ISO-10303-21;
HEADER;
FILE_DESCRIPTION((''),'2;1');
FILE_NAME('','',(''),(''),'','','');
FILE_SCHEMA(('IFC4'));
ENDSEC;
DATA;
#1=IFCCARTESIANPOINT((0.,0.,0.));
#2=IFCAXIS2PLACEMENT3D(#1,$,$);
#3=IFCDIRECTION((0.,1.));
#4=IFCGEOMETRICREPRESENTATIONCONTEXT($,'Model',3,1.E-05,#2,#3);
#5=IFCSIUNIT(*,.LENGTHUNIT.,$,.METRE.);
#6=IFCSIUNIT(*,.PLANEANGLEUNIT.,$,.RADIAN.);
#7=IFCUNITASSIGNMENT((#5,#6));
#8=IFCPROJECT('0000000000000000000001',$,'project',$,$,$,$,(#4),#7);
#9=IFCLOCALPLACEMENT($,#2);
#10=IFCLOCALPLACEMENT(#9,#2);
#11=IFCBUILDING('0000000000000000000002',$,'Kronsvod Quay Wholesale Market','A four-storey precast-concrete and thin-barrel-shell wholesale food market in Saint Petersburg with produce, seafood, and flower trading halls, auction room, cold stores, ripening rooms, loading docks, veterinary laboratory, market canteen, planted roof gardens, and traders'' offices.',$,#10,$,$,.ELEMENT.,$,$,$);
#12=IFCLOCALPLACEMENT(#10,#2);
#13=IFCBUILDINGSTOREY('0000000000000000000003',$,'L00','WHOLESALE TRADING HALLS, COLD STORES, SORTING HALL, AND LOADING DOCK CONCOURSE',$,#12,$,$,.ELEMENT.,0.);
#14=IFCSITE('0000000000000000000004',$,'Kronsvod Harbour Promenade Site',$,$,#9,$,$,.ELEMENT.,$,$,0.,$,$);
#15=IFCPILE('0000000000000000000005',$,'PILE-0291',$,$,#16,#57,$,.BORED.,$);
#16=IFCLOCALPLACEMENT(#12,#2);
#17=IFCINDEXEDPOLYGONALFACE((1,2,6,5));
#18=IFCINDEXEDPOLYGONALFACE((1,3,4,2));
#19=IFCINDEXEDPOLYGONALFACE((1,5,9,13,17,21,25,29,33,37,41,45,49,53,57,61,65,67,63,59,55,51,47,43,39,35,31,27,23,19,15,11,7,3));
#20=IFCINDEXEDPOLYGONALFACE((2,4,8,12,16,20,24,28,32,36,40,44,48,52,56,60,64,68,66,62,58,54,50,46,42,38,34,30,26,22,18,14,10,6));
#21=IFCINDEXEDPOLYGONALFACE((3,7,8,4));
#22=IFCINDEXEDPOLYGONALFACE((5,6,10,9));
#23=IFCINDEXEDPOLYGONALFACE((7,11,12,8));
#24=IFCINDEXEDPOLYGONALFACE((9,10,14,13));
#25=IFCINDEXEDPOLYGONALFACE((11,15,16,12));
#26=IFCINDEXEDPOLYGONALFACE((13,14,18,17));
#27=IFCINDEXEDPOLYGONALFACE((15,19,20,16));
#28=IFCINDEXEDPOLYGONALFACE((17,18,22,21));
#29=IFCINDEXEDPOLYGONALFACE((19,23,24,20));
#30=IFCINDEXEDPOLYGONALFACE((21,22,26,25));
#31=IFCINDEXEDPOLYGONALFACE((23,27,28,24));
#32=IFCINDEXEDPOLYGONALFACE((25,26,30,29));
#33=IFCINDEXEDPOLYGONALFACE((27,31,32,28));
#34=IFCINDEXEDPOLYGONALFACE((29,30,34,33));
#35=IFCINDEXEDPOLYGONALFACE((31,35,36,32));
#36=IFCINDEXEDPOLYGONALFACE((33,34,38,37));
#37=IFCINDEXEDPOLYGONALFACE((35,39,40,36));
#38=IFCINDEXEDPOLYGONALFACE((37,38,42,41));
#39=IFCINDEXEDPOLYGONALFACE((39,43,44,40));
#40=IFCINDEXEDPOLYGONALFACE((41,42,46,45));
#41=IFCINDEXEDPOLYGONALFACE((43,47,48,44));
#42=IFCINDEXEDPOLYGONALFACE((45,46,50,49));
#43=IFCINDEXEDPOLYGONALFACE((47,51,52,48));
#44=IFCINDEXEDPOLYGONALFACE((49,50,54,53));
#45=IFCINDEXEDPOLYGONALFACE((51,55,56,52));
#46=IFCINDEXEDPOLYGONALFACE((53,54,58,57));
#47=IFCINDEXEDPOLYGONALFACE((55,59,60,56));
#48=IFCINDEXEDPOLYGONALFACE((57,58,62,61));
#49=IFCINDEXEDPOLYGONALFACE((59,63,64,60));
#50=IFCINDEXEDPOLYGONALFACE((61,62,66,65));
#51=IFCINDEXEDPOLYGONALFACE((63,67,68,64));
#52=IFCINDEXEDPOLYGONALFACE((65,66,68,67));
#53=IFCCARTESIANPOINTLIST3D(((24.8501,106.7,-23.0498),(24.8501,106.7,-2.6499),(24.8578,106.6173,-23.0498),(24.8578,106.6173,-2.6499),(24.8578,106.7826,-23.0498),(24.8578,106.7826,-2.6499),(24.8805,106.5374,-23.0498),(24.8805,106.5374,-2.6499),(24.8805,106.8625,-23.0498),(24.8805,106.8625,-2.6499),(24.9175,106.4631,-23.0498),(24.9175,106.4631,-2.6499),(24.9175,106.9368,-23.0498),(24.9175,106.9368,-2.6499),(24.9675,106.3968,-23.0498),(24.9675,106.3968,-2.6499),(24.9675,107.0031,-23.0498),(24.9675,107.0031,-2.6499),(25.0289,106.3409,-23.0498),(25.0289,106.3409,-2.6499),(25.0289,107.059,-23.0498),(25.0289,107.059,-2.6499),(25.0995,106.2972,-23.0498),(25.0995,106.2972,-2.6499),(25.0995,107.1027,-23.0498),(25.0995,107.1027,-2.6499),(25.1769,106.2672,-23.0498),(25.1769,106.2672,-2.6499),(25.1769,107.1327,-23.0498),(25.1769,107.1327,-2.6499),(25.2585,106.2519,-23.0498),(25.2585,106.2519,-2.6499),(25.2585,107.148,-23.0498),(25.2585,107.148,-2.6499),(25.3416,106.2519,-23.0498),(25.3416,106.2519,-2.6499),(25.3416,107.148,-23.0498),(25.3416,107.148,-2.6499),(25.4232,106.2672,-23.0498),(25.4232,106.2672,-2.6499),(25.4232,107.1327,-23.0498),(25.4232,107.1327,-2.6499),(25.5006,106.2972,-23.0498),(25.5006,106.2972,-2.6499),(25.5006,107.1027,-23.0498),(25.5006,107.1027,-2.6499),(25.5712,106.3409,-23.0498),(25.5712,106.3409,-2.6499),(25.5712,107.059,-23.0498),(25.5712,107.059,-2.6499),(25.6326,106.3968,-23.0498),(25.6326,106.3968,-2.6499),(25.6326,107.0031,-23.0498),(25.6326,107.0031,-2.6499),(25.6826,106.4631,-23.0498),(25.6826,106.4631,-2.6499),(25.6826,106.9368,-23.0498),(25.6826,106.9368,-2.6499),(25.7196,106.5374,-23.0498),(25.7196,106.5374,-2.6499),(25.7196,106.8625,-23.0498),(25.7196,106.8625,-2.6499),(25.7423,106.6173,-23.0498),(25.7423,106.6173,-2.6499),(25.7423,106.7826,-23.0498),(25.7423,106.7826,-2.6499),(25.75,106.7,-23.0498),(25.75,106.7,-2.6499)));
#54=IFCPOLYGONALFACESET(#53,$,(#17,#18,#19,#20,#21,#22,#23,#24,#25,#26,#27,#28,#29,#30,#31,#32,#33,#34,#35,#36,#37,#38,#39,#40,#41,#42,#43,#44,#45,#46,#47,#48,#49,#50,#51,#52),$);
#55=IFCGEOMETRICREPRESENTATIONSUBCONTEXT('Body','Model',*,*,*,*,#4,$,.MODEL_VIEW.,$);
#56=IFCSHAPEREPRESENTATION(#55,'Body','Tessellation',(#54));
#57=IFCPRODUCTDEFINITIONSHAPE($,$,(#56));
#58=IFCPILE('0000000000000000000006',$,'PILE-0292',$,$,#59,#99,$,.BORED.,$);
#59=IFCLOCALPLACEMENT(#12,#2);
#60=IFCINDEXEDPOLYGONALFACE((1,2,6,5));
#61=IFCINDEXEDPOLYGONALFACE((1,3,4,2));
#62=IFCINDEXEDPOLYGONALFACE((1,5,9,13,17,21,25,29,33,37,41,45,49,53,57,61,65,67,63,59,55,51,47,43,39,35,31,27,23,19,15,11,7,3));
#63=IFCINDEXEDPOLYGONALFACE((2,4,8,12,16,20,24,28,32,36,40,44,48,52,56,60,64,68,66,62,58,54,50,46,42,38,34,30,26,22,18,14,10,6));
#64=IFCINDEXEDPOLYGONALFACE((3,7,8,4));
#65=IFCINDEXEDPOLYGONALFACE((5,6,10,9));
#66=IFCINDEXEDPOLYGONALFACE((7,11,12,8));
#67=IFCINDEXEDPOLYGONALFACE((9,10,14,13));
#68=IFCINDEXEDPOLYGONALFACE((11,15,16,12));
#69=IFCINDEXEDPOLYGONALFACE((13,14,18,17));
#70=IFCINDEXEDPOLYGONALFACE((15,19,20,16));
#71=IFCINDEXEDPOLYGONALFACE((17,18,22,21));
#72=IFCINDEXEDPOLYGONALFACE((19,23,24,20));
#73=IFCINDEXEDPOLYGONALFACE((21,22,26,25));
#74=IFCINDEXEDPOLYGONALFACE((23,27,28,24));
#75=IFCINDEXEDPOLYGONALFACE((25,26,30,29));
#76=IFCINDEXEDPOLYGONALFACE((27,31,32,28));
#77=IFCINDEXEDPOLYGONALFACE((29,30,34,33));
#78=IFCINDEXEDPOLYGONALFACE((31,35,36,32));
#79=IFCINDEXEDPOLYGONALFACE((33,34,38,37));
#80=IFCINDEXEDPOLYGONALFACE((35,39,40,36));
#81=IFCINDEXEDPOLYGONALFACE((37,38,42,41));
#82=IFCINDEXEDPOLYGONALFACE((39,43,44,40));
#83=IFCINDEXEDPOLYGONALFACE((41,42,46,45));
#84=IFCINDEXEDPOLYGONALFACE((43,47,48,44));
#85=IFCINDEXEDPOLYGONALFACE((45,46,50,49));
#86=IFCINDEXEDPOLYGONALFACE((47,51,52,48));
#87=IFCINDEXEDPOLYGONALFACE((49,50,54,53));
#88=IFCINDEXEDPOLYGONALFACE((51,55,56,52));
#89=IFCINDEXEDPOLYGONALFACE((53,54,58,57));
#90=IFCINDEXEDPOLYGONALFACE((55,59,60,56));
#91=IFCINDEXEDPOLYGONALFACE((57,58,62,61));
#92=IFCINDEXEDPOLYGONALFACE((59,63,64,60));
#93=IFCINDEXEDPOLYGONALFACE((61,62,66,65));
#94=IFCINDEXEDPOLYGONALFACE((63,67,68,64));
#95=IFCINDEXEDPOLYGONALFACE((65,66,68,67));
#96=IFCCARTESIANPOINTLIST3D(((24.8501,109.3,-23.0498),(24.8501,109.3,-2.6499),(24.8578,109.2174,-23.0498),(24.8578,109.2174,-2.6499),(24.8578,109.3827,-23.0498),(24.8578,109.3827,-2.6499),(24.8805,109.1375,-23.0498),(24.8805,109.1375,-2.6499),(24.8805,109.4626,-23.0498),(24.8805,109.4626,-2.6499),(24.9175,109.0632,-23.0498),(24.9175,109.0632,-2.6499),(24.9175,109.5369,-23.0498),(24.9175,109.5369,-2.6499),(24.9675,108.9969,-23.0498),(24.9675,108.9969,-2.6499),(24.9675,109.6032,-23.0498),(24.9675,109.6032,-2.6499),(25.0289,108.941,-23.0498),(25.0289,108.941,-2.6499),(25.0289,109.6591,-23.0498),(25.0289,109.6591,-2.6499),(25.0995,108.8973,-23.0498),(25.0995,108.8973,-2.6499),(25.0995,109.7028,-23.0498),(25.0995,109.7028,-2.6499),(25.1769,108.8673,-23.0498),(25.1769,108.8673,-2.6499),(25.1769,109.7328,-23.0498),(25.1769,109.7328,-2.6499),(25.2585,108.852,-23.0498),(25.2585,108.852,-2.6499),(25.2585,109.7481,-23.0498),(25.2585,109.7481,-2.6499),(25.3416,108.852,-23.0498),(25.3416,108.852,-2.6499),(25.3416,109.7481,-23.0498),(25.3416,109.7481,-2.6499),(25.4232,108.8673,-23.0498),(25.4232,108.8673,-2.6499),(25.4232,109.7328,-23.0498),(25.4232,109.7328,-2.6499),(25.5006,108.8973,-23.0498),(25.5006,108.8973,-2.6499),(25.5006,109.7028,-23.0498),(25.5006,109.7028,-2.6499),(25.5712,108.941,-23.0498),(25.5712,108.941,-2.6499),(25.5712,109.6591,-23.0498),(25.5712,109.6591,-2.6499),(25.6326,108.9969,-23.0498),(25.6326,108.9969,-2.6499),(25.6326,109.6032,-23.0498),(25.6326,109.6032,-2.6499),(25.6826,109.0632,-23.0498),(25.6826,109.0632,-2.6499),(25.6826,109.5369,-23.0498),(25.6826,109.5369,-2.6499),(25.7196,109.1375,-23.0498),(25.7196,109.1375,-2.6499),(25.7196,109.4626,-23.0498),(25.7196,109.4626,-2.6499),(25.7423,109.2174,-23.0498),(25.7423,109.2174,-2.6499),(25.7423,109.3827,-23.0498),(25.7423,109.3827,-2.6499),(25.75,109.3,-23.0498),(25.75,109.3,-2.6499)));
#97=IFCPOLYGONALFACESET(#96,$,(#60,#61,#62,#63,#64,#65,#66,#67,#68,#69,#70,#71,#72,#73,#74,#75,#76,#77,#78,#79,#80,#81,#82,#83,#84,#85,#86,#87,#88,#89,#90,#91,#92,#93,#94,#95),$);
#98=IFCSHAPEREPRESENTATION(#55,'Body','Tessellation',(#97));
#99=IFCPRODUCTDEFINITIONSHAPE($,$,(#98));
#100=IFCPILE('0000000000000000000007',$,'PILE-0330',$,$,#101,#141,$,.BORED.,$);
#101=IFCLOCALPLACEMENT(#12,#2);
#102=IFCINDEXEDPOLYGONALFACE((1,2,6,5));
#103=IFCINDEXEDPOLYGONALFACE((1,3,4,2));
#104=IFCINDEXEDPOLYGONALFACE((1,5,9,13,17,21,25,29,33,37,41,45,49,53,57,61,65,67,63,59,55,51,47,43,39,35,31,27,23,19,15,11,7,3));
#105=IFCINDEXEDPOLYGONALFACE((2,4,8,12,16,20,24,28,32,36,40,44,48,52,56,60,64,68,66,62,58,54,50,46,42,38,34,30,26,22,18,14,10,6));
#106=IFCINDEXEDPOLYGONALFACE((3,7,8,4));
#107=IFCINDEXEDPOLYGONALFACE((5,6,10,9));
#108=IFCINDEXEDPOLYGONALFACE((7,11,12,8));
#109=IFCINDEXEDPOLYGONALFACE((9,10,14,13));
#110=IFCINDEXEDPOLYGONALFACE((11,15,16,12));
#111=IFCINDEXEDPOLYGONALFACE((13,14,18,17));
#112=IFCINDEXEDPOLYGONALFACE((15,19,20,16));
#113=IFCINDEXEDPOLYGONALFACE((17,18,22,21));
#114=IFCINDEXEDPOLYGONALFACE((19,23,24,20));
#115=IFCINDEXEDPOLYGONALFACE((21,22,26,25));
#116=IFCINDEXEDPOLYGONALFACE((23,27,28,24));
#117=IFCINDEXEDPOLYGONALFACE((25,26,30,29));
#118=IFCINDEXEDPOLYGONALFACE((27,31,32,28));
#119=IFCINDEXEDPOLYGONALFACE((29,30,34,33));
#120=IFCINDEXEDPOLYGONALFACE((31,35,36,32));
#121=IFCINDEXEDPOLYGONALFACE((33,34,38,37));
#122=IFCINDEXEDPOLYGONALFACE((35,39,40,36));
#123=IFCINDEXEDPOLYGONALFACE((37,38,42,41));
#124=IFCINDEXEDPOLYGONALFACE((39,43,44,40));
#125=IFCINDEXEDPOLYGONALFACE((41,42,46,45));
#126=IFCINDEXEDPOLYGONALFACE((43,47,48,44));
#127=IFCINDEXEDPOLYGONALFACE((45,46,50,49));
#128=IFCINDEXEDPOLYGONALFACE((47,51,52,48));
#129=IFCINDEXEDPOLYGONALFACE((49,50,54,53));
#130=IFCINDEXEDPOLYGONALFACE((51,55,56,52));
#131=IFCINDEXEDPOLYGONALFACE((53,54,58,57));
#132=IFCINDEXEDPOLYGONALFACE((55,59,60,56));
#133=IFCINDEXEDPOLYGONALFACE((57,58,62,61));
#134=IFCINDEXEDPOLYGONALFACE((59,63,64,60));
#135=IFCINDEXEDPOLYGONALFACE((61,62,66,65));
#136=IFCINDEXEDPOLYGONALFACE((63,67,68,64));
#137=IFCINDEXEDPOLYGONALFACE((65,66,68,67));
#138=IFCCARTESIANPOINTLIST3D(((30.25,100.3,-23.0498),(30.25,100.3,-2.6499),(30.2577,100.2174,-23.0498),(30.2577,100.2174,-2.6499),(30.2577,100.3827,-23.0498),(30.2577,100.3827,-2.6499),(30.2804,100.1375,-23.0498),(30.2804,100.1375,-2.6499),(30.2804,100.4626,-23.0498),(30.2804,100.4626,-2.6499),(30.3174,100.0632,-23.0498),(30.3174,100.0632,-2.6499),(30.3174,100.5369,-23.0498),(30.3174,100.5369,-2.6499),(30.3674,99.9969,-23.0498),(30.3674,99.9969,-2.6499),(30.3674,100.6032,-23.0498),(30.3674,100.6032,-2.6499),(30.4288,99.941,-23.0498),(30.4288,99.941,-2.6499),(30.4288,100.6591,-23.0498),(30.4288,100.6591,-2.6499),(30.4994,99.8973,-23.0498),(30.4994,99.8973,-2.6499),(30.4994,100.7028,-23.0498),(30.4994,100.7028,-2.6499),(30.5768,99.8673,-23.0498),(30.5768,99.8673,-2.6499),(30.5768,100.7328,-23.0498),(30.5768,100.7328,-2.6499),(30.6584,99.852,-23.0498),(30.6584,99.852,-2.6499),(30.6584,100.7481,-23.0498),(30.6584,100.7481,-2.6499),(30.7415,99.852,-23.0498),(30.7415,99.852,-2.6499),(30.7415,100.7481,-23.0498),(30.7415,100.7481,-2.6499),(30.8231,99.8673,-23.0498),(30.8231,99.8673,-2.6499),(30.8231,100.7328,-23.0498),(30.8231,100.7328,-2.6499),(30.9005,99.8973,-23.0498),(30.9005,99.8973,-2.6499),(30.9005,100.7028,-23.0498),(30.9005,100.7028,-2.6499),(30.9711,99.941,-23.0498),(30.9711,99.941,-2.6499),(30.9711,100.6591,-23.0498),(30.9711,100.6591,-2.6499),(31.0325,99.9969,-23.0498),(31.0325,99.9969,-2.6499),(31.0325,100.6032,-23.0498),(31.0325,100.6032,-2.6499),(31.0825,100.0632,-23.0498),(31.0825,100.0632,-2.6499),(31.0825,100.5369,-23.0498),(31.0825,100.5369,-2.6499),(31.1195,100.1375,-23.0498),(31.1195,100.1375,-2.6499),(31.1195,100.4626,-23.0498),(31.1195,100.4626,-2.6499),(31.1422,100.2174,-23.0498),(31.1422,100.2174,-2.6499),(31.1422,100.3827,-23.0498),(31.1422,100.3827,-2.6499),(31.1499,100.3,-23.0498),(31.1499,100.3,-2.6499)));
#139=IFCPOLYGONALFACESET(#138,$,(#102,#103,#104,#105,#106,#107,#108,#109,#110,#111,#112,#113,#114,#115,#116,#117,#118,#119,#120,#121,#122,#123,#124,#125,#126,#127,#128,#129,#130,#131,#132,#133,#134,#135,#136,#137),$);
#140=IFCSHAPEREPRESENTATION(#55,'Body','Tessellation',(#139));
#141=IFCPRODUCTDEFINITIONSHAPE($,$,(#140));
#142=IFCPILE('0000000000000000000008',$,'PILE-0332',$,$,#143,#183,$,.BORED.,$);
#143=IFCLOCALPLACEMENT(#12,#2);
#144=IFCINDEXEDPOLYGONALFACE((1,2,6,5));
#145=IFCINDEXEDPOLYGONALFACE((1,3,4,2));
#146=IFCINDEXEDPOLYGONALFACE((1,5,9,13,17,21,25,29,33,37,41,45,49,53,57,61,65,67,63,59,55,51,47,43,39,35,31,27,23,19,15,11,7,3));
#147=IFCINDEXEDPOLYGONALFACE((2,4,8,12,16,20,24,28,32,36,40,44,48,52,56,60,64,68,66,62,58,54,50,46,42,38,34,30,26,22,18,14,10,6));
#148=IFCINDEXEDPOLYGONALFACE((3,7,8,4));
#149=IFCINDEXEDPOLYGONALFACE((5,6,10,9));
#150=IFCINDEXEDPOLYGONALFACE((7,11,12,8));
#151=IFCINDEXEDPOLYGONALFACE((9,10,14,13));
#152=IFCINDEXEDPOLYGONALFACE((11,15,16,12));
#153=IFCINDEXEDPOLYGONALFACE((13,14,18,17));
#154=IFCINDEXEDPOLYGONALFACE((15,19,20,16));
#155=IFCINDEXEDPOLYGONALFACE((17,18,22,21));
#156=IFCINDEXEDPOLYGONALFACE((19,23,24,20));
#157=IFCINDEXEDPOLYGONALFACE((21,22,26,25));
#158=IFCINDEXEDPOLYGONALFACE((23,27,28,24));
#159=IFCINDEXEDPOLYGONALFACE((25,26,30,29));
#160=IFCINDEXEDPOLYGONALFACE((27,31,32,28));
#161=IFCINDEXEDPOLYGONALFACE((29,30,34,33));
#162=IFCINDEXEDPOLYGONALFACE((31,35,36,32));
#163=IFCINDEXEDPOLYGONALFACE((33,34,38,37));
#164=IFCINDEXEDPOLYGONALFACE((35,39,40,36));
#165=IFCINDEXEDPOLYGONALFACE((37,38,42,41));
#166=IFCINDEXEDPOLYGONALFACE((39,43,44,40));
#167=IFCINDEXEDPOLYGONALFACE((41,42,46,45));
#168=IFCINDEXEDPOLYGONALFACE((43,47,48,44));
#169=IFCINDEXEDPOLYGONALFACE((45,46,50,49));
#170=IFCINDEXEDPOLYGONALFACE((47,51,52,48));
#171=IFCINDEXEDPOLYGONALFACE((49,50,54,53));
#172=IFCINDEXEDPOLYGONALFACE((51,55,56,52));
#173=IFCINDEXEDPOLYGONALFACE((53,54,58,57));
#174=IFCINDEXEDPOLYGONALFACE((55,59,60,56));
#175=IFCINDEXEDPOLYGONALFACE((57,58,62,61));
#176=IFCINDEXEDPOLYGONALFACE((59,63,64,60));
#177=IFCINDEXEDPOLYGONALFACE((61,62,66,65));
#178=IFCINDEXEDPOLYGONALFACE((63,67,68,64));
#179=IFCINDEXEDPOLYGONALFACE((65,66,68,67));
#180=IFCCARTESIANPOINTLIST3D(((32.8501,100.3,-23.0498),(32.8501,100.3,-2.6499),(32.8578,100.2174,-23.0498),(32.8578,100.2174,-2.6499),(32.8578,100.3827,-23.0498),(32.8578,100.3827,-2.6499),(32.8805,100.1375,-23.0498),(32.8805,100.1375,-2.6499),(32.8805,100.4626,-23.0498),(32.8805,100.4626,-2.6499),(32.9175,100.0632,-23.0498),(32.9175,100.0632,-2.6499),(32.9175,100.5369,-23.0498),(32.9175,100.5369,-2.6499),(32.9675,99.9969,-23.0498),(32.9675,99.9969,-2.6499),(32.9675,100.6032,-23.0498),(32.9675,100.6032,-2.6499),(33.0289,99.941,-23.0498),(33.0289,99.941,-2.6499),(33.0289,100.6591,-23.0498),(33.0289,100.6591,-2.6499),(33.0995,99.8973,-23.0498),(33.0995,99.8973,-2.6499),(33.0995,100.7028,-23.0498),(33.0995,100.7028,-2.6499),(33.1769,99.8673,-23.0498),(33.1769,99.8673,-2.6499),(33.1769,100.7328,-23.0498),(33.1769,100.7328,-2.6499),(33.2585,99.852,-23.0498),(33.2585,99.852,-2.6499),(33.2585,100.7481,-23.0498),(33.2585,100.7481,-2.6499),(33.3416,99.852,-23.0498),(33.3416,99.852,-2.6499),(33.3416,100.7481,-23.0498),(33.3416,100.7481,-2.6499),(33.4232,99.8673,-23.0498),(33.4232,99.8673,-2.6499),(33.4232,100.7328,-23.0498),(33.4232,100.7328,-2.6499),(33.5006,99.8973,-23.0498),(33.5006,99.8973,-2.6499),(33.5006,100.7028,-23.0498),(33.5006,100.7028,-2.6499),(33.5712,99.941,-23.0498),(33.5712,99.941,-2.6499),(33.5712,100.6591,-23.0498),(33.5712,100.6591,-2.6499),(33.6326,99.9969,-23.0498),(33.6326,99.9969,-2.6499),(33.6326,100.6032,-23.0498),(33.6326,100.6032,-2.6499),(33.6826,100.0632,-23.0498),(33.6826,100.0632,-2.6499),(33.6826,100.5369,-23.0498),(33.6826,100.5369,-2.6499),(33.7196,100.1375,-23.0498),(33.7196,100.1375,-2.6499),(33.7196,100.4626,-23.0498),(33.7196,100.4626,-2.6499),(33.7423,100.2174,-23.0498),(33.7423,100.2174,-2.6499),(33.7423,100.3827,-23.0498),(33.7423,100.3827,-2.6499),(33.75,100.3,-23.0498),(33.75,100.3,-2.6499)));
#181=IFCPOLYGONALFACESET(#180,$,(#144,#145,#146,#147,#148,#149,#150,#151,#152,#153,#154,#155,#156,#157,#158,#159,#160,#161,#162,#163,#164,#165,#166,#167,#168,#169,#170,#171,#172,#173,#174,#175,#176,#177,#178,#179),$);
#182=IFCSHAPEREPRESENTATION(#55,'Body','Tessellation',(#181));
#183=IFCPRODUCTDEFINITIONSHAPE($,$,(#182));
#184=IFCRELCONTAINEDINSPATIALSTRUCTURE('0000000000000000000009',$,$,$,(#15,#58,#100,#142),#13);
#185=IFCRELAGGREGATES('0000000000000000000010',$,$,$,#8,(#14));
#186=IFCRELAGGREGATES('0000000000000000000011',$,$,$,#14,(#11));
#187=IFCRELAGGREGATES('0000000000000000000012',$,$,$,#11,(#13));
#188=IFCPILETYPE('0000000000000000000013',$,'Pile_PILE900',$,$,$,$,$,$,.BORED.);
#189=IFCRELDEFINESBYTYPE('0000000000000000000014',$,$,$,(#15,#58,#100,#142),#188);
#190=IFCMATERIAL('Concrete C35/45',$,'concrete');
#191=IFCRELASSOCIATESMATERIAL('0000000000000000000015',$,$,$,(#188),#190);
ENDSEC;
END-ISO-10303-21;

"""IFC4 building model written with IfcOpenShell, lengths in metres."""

from ifc_helpers import new_model, si_unit, direction, frame, origin, origin_2d, place, context, subcontext, project, spatial, circle, extrude, material, material_profile, profile_set, type_object, element, save


model = new_model("IFC4")

# Units and contexts
model_context = context("Model", 3, precision=1e-05, world=origin(), true_north=direction((0.0, 1.0)))
body_context = subcontext(model_context, "Body", "Model", "MODEL_VIEW")
ifc_project = project(units=[si_unit("LENGTHUNIT", "METRE"), si_unit("PLANEANGLEUNIT", "RADIAN")], contexts=[model_context])

# Site, building, storey
site_placement = place(None, origin())
site = spatial("IfcSite", under=ifc_project, at=site_placement, Name="Kronsvod Harbour Promenade Site", CompositionType="ELEMENT", RefElevation=0.0)
building_placement = place(site_placement, origin())
building = spatial("IfcBuilding", under=site, at=building_placement, Name="Kronsvod Quay Wholesale Market", Description="A four-storey precast-concrete and thin-barrel-shell wholesale food market in Saint Petersburg with produce, seafood, and flower trading halls, auction room, cold stores, ripening rooms, loading docks, veterinary laboratory, market canteen, planted roof gardens, and traders' offices.", CompositionType="ELEMENT")
storey_placement = place(building_placement, origin())
storey = spatial("IfcBuildingStorey", under=building, at=storey_placement, Name="L00", Description="WHOLESALE TRADING HALLS, COLD STORES, SORTING HALL, AND LOADING DOCK CONCOURSE", CompositionType="ELEMENT", Elevation=0.0)

# Piles
ifc_material_1 = material(Name="Concrete C35/45", Category="concrete")
ifc_material_profile_1 = material_profile(ifc_material_1, circle(Radius=0.45, at=origin_2d()), Name="PILE900")
ifc_profile_set_1 = profile_set([ifc_material_profile_1], Name="Concrete C35/45")
pile_type = type_object("IfcPileType", Name="Pile_PILE900", PredefinedType="BORED", material=ifc_profile_set_1)
for number, where, z_axis, x_axis, name in (
    (1, (25.3, 106.7, -2.6499), (0.0, 0.0, -1.0), (1.0, 0.0, 0.0), "PILE-0291"),
    (2, (25.3, 109.3, -2.6499), (0.0, 0.0, -1.0), (1.0, 0.0, 0.0), "PILE-0292"),
    (3, (30.7, 100.3, -2.6499), (0.0, 0.0, -1.0), (1.0, 0.0, 0.0), "PILE-0330"),
    (4, (33.3, 100.3, -2.6499), (0.0, 0.0, -1.0), (1.0, 0.0, 0.0), "PILE-0332"),
):
    element("IfcPile", number, at=place(storey_placement, frame(where, z_axis=z_axis, x_axis=x_axis)), inside=storey, type_object=pile_type, Name=name, PredefinedType="BORED", context=body_context, shape_type="SweptSolid", body=[
        extrude(circle(Radius=0.45, at=origin_2d()), origin(), (0.0, 0.0, 1.0), 20.3999),
    ])

save(model, "model.ifc")
